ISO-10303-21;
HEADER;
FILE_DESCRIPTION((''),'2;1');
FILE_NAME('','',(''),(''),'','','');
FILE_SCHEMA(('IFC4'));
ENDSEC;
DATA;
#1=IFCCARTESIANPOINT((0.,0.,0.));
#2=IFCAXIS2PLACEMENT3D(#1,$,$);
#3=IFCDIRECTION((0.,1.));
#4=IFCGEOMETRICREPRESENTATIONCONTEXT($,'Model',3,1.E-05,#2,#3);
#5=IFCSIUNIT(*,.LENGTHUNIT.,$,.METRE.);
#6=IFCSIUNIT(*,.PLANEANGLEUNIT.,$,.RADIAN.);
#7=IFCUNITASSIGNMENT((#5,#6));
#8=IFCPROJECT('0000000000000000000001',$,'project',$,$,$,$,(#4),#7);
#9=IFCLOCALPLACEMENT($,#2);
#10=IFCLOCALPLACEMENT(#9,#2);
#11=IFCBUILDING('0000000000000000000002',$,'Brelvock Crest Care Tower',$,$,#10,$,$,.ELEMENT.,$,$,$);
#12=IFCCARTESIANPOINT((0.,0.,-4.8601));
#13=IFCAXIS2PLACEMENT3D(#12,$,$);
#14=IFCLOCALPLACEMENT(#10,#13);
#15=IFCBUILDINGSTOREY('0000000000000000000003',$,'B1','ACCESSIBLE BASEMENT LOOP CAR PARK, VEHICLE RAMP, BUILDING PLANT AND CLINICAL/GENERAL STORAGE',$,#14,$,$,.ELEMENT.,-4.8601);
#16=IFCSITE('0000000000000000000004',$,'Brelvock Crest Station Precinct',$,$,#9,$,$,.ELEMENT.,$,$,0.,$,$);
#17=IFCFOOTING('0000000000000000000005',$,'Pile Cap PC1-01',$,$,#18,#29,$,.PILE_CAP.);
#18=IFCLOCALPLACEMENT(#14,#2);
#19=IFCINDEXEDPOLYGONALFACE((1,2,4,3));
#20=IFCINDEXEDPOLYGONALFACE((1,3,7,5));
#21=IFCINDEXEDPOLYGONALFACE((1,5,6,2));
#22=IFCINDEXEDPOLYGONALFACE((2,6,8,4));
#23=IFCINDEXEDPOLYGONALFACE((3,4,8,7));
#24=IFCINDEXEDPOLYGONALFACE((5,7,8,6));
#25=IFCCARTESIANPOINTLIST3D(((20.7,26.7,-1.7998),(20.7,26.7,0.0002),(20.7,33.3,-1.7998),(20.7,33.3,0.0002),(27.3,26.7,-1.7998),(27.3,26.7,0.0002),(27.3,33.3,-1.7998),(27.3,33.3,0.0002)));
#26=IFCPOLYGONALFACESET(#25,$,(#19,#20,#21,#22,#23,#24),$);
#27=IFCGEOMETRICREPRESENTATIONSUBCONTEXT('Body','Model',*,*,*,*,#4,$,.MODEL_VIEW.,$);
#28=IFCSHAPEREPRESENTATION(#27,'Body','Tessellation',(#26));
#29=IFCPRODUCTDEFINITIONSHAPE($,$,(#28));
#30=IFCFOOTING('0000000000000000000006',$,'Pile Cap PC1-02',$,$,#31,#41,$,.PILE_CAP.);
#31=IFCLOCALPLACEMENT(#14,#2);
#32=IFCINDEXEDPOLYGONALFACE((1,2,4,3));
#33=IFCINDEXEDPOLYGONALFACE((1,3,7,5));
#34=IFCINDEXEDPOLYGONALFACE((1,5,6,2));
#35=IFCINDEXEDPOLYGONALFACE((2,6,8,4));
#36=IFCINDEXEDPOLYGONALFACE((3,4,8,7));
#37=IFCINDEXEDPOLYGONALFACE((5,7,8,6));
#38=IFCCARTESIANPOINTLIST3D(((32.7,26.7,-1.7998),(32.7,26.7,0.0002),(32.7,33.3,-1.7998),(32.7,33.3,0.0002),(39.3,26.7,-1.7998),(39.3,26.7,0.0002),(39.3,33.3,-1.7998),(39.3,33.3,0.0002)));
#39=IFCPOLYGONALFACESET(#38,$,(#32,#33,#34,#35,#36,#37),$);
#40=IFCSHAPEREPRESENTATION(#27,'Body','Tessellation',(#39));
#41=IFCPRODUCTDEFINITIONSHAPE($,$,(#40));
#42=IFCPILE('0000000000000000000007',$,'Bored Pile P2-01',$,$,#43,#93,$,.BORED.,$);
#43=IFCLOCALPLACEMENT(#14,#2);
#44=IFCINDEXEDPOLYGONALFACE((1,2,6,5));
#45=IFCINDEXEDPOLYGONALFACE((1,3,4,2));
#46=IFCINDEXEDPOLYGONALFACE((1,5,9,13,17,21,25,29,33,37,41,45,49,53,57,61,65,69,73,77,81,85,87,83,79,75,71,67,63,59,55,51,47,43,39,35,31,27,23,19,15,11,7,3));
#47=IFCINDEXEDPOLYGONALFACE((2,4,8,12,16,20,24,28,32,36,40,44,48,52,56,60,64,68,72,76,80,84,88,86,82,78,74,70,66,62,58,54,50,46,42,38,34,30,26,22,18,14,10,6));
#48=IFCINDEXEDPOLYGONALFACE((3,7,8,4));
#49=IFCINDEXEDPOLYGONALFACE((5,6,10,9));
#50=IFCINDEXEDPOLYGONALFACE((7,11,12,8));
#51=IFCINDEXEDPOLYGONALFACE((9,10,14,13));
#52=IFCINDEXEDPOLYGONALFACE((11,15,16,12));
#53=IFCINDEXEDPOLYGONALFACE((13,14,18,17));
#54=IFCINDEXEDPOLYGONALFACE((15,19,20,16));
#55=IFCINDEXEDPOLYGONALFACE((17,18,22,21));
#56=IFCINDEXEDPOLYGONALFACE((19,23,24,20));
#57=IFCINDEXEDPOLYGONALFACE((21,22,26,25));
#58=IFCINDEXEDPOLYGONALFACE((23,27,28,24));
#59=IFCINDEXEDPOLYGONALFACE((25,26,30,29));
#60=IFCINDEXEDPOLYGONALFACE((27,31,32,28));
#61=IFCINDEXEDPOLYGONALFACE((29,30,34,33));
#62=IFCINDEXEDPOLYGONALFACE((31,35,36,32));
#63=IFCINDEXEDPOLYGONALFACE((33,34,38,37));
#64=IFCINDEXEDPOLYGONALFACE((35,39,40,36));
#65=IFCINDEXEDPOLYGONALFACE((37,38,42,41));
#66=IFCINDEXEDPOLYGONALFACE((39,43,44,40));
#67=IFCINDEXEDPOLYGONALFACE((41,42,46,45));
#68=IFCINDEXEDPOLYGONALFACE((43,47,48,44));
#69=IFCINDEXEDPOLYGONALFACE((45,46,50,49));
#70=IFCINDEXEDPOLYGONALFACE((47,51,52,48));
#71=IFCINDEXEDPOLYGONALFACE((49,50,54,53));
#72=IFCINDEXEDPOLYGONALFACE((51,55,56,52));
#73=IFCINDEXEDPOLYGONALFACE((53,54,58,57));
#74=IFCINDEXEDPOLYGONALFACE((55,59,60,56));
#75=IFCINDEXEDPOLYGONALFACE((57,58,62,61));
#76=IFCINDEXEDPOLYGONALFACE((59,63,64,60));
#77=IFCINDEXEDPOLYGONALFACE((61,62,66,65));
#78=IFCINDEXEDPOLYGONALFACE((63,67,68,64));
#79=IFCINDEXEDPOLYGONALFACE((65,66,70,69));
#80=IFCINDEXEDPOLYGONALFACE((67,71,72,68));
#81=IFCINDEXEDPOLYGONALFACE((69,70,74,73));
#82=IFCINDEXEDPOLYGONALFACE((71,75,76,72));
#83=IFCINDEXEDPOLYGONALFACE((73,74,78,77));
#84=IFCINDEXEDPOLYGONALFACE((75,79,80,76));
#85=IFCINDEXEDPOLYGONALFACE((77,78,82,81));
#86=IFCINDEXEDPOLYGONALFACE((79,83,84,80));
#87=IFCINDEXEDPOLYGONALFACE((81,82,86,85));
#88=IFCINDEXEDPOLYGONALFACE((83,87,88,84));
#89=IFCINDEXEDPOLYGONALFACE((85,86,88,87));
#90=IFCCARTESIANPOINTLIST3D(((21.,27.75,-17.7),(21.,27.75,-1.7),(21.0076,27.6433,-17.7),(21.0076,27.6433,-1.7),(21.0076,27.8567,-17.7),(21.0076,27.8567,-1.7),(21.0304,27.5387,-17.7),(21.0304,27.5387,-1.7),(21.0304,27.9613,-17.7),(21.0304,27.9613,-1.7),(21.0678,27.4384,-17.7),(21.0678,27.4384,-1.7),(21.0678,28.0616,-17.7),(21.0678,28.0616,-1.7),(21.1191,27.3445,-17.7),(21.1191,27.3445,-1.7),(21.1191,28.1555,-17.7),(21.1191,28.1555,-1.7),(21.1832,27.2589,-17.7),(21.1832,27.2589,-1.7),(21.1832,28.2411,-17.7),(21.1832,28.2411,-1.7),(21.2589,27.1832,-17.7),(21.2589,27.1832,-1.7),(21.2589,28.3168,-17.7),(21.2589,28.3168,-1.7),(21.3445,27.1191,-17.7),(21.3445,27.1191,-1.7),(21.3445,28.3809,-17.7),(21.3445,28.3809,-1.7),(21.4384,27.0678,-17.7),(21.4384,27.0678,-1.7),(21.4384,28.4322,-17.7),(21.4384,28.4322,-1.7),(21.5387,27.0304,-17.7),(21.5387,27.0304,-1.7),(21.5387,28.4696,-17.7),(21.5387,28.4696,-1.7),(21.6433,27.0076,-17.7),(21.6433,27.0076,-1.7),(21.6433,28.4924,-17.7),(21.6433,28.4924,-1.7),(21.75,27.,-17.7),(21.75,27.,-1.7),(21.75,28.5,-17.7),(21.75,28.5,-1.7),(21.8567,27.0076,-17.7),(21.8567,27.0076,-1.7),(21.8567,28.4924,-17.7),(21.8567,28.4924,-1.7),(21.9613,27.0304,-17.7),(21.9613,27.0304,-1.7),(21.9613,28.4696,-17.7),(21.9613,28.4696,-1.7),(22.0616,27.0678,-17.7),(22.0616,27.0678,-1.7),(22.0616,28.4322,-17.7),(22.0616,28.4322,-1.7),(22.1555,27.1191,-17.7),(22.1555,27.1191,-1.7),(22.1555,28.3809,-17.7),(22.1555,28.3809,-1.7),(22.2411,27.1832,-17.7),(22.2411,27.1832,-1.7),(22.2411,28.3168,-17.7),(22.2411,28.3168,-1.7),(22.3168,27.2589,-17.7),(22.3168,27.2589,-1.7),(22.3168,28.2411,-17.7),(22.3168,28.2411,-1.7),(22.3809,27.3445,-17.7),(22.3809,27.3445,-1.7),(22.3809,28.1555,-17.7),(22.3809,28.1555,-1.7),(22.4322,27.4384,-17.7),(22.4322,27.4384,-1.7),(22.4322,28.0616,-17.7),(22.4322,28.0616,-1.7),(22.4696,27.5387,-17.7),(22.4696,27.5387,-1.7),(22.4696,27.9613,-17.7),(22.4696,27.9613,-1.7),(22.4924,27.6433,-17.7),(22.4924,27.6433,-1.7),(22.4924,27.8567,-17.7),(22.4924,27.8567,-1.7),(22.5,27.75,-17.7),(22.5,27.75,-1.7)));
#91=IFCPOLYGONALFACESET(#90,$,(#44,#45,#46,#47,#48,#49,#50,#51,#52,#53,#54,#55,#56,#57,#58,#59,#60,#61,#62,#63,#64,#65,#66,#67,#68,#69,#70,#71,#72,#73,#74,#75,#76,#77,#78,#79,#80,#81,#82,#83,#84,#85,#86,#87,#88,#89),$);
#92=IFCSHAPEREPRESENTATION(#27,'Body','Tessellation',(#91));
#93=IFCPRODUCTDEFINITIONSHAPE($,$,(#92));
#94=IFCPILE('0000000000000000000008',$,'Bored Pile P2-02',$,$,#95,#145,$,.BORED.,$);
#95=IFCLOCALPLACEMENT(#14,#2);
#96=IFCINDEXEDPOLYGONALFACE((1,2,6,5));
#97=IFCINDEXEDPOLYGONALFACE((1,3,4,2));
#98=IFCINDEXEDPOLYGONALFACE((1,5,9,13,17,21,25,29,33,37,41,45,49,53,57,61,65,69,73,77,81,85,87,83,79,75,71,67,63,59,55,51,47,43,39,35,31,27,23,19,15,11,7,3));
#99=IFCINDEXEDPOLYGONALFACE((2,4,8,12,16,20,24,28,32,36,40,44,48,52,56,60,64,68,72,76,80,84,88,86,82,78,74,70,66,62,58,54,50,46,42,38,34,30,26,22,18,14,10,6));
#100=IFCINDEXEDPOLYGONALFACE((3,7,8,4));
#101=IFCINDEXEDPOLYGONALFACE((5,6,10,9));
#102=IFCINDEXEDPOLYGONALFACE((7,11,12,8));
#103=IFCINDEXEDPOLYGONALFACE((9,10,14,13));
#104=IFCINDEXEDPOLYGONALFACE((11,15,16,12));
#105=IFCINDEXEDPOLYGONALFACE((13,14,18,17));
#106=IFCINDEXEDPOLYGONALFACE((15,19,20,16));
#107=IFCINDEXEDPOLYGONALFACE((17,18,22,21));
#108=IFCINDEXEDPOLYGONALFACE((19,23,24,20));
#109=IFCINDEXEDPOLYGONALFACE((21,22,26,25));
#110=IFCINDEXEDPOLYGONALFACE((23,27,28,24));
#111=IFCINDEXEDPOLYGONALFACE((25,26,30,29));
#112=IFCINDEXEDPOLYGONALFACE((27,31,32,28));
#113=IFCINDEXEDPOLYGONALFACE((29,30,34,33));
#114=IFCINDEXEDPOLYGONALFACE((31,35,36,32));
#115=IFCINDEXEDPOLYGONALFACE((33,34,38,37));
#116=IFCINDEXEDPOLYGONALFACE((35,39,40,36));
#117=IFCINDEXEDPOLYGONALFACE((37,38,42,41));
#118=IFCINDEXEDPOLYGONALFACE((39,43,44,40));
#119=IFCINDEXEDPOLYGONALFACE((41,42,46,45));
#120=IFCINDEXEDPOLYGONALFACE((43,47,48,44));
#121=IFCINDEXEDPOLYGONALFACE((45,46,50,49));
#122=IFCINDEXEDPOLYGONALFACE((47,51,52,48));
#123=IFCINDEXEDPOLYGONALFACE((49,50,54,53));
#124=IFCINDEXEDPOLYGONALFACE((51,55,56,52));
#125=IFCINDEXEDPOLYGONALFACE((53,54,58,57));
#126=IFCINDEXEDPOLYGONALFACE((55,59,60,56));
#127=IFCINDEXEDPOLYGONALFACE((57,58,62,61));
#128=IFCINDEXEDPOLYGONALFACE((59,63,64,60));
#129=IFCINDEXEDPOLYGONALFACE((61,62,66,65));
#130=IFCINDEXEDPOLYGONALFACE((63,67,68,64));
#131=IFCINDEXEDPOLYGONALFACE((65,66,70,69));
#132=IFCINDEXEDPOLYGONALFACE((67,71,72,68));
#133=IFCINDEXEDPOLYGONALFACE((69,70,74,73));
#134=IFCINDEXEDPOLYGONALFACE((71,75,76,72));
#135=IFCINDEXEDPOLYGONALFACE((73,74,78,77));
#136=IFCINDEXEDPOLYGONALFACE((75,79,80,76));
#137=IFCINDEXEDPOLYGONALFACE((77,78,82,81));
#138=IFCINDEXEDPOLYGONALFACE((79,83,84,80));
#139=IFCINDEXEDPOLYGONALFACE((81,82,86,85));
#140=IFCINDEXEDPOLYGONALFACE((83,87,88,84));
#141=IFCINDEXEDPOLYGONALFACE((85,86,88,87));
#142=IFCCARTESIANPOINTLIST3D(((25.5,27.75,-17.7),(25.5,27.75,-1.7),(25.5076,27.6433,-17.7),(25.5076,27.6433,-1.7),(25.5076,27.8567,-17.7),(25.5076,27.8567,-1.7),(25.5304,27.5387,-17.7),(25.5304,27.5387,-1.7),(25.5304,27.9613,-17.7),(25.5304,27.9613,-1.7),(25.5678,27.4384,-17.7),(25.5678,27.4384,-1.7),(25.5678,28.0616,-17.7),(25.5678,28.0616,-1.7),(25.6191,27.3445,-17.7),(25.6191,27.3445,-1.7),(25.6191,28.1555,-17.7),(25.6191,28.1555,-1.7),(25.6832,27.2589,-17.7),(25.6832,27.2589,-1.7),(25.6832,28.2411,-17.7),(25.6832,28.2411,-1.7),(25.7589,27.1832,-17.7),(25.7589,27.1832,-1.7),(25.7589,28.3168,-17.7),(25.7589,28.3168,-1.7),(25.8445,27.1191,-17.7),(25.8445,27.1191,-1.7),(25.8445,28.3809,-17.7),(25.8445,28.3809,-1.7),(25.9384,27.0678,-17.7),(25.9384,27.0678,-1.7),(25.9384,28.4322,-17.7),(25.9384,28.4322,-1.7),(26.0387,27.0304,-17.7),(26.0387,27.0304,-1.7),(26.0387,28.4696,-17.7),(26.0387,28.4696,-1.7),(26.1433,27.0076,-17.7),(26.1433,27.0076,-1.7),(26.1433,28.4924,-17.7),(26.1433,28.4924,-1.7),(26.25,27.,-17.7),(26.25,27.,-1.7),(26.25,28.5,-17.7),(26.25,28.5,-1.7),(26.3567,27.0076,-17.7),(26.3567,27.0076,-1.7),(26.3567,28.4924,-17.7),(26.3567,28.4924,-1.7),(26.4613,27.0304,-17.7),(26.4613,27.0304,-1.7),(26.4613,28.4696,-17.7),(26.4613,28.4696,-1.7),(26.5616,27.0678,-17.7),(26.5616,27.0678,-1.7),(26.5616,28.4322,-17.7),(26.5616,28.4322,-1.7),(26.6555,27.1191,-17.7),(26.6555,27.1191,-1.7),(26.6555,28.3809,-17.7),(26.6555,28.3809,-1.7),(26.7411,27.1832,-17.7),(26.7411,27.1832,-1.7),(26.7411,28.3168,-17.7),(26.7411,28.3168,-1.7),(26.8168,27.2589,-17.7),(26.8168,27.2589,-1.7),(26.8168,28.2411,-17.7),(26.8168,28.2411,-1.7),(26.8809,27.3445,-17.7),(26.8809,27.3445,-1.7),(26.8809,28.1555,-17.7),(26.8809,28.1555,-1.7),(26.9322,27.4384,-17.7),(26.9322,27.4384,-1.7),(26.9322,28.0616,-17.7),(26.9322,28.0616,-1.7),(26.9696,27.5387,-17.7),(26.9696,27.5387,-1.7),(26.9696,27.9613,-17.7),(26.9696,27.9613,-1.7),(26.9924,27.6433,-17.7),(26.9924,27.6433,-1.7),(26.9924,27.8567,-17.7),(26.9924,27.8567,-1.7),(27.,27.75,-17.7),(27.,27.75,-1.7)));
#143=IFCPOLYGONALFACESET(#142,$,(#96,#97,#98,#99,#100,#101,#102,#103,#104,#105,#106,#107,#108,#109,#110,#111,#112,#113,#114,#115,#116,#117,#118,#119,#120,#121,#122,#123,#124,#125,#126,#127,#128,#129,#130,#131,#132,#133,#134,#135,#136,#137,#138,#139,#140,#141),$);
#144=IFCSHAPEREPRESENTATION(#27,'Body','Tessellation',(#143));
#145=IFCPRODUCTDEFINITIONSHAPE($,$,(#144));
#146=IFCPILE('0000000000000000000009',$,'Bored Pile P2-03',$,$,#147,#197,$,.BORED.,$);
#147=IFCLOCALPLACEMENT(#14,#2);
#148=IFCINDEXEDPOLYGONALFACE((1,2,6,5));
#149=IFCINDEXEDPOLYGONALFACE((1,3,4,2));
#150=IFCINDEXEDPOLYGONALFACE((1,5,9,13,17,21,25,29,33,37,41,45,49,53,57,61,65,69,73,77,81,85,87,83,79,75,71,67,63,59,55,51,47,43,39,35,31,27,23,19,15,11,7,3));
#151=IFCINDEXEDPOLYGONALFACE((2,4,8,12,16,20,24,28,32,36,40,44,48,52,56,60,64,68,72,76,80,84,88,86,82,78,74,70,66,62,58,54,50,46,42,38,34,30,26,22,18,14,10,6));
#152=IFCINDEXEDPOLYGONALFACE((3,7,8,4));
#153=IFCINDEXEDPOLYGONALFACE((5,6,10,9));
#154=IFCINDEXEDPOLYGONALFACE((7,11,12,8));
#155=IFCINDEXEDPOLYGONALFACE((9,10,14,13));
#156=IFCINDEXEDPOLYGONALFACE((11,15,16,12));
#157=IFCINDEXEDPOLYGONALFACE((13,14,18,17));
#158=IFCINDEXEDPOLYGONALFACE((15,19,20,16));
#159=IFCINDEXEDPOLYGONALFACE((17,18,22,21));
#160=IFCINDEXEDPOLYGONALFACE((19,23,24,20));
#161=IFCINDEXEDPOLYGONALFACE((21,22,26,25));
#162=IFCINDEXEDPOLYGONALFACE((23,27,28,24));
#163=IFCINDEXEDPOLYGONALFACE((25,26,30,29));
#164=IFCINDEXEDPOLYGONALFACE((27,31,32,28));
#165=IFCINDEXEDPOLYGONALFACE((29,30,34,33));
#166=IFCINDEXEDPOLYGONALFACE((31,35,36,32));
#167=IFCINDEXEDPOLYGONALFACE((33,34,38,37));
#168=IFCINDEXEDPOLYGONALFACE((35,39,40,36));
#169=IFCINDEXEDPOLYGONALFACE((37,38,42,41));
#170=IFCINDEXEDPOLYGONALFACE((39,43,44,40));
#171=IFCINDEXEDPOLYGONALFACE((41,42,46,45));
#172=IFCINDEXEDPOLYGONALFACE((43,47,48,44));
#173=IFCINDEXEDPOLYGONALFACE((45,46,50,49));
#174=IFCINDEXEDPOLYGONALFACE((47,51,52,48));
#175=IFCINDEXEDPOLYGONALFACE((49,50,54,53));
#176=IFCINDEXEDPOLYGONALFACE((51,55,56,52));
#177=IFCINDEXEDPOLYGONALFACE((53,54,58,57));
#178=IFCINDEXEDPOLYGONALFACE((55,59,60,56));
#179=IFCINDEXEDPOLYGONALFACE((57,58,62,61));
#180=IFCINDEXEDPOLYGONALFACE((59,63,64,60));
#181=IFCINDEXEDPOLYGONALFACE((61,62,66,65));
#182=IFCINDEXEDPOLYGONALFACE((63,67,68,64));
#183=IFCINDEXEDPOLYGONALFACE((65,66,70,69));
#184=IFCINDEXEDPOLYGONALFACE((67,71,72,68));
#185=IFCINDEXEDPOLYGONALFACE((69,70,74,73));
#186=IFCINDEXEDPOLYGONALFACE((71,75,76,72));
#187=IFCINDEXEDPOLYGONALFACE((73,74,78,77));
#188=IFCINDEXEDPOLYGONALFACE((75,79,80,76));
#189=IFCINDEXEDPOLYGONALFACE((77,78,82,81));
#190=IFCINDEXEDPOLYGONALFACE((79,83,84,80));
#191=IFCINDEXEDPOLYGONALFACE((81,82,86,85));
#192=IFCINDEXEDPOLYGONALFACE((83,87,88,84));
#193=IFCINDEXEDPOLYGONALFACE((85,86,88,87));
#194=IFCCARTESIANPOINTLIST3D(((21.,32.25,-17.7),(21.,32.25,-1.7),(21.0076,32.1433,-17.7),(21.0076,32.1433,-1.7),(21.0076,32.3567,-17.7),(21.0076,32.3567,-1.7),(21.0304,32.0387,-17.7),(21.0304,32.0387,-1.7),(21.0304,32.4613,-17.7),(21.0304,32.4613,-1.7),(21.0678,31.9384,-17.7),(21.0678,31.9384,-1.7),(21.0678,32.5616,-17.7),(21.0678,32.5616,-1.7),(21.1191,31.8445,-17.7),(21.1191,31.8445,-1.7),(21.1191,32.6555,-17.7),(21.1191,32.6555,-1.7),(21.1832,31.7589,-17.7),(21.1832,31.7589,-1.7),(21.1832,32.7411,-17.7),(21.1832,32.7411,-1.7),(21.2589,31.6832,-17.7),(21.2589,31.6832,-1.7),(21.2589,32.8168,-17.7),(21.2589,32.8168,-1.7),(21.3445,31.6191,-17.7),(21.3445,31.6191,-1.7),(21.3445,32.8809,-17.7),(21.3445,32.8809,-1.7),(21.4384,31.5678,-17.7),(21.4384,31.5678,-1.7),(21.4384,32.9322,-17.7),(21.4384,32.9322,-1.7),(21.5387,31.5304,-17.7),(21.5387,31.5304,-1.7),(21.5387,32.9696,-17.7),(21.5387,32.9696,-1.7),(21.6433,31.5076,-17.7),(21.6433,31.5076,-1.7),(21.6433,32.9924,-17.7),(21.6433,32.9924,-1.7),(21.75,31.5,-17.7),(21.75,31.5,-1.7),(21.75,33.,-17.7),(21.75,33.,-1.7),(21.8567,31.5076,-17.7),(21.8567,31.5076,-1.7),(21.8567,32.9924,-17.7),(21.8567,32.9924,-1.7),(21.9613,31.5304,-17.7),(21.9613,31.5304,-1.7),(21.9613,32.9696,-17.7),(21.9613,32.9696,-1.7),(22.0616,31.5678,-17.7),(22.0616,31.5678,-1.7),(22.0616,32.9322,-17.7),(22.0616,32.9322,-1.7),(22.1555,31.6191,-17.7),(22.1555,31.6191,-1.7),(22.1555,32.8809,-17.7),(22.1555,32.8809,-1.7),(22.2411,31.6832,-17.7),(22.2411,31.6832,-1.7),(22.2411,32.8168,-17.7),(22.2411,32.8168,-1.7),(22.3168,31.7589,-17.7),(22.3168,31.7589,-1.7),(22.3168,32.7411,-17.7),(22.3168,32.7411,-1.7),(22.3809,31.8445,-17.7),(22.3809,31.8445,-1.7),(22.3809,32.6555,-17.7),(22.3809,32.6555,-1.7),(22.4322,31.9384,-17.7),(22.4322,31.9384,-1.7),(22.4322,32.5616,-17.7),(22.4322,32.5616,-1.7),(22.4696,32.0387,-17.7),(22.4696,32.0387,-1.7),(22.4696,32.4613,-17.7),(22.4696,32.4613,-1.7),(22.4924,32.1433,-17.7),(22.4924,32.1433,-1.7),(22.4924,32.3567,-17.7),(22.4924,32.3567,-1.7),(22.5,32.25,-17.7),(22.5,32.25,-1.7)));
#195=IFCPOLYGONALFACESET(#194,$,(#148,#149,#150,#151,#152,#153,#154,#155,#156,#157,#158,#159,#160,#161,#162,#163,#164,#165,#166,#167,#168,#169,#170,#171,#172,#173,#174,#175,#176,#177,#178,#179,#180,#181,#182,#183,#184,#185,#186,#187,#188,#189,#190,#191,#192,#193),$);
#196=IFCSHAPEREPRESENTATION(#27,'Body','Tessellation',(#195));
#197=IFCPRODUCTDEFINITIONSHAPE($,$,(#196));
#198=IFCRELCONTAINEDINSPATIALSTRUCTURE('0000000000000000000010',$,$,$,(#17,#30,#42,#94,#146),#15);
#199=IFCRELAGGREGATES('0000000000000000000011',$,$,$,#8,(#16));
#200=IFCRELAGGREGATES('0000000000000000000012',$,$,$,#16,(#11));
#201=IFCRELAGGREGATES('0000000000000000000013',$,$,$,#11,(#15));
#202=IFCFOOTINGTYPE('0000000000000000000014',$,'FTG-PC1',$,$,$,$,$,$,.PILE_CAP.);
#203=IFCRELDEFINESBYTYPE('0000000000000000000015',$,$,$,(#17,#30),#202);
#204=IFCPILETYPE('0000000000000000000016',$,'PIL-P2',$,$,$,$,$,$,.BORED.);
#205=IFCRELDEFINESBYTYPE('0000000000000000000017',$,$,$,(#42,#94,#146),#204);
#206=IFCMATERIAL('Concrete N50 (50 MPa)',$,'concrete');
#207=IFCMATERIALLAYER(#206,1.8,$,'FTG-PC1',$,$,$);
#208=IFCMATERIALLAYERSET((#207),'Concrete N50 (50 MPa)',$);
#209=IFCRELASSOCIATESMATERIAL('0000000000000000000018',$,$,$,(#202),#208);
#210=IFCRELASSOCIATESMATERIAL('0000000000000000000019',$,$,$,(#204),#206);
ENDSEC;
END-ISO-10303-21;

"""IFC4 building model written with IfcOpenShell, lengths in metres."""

from ifc_helpers import new_model, si_unit, direction, frame, origin, origin_2d, place, context, subcontext, project, spatial, rectangle, circle, extrude, source, transform, mapped, material, layer, layer_set, material_profile, profile_set, type_object, element, save


model = new_model("IFC4")

# Units and contexts
model_context = context("Model", 3, precision=1e-05, world=origin(), true_north=direction((0.0, 1.0)))
body_context = subcontext(model_context, "Body", "Model", "MODEL_VIEW")
ifc_project = project(units=[si_unit("LENGTHUNIT", "METRE"), si_unit("PLANEANGLEUNIT", "RADIAN")], contexts=[model_context])

# Site, building, storey
site_placement = place(None, origin())
site = spatial("IfcSite", under=ifc_project, at=site_placement, Name="Brelvock Crest Station Precinct", CompositionType="ELEMENT", RefElevation=0.0)
building_placement = place(site_placement, origin())
building = spatial("IfcBuilding", under=site, at=building_placement, Name="Brelvock Crest Care Tower", CompositionType="ELEMENT")
storey_placement = place(building_placement, frame((0.0, 0.0, -4.8601)))
storey = spatial("IfcBuildingStorey", under=building, at=storey_placement, Name="B1", Description="ACCESSIBLE BASEMENT LOOP CAR PARK, VEHICLE RAMP, BUILDING PLANT AND CLINICAL/GENERAL STORAGE", CompositionType="ELEMENT", Elevation=-4.8601)

# Footings
ifc_material_1 = material(Name="Concrete N50 (50 MPa)", Category="concrete")
ifc_layer_1 = layer(ifc_material_1, 1.8, Name="FTG-PC1")
ifc_layer_set_1 = layer_set([ifc_layer_1], Name="Concrete N50 (50 MPa)")
footing_type_1 = type_object("IfcFootingType", Name="FTG-PC1", PredefinedType="PILE_CAP", material=ifc_layer_set_1)
shared_shape_1 = source(origin(), body_context, "Body", "SweptSolid", [
    extrude(rectangle(XDim=6.6001, YDim=6.6001, at=origin_2d()), origin(), (0.0, 0.0, 1.0), 1.8),
])
for number, where, z_axis, x_axis, name in (
    (1, (24.0, 30.0, -1.7998), (0.0, 0.0, 1.0), (1.0, 0.0, 0.0), "Pile Cap PC1-01"),
    (2, (36.0, 30.0, -1.7998), (0.0, 0.0, 1.0), (1.0, 0.0, 0.0), "Pile Cap PC1-02"),
):
    element("IfcFooting", number, at=place(storey_placement, frame(where, z_axis=z_axis, x_axis=x_axis)), inside=storey, type_object=footing_type_1, Name=name, PredefinedType="PILE_CAP", context=body_context, shape_type="MappedRepresentation", body=[
        mapped(shared_shape_1, transform((0.0, 0.0, 0.0), x_axis=(1.0, 0.0, 0.0), y_axis=(0.0, 1.0, 0.0), z_axis=(0.0, 0.0, 1.0), scale=1.0)),
    ])

# Piles
ifc_material_profile_1 = material_profile(ifc_material_1, circle(Radius=0.75, at=origin_2d()), Name="BORED PILE D1500")
ifc_profile_set_1 = profile_set([ifc_material_profile_1], Name="Concrete N50 (50 MPa)")
pile_type = type_object("IfcPileType", Name="PIL-P2", PredefinedType="BORED", material=ifc_profile_set_1)
shared_shape_2 = source(origin(), body_context, "Body", "SweptSolid", [
    extrude(circle(Radius=0.75, at=origin_2d()), origin(), (0.0, 0.0, 1.0), 16.0),
])
for number, where, z_axis, x_axis, name in (
    (3, (21.75, 27.75, -1.7), (0.0, 0.0, -1.0), (1.0, 0.0, 0.0), "Bored Pile P2-01"),
    (4, (26.25, 27.75, -1.7), (0.0, 0.0, -1.0), (1.0, 0.0, 0.0), "Bored Pile P2-02"),
    (5, (21.75, 32.25, -1.7), (0.0, 0.0, -1.0), (1.0, 0.0, 0.0), "Bored Pile P2-03"),
):
    element("IfcPile", number, at=place(storey_placement, frame(where, z_axis=z_axis, x_axis=x_axis)), inside=storey, type_object=pile_type, Name=name, PredefinedType="BORED", context=body_context, shape_type="MappedRepresentation", body=[
        mapped(shared_shape_2, transform((0.0, 0.0, 0.0), x_axis=(1.0, 0.0, 0.0), y_axis=(0.0, 1.0, 0.0), z_axis=(0.0, 0.0, 1.0), scale=1.0)),
    ])

save(model, "model.ifc")
